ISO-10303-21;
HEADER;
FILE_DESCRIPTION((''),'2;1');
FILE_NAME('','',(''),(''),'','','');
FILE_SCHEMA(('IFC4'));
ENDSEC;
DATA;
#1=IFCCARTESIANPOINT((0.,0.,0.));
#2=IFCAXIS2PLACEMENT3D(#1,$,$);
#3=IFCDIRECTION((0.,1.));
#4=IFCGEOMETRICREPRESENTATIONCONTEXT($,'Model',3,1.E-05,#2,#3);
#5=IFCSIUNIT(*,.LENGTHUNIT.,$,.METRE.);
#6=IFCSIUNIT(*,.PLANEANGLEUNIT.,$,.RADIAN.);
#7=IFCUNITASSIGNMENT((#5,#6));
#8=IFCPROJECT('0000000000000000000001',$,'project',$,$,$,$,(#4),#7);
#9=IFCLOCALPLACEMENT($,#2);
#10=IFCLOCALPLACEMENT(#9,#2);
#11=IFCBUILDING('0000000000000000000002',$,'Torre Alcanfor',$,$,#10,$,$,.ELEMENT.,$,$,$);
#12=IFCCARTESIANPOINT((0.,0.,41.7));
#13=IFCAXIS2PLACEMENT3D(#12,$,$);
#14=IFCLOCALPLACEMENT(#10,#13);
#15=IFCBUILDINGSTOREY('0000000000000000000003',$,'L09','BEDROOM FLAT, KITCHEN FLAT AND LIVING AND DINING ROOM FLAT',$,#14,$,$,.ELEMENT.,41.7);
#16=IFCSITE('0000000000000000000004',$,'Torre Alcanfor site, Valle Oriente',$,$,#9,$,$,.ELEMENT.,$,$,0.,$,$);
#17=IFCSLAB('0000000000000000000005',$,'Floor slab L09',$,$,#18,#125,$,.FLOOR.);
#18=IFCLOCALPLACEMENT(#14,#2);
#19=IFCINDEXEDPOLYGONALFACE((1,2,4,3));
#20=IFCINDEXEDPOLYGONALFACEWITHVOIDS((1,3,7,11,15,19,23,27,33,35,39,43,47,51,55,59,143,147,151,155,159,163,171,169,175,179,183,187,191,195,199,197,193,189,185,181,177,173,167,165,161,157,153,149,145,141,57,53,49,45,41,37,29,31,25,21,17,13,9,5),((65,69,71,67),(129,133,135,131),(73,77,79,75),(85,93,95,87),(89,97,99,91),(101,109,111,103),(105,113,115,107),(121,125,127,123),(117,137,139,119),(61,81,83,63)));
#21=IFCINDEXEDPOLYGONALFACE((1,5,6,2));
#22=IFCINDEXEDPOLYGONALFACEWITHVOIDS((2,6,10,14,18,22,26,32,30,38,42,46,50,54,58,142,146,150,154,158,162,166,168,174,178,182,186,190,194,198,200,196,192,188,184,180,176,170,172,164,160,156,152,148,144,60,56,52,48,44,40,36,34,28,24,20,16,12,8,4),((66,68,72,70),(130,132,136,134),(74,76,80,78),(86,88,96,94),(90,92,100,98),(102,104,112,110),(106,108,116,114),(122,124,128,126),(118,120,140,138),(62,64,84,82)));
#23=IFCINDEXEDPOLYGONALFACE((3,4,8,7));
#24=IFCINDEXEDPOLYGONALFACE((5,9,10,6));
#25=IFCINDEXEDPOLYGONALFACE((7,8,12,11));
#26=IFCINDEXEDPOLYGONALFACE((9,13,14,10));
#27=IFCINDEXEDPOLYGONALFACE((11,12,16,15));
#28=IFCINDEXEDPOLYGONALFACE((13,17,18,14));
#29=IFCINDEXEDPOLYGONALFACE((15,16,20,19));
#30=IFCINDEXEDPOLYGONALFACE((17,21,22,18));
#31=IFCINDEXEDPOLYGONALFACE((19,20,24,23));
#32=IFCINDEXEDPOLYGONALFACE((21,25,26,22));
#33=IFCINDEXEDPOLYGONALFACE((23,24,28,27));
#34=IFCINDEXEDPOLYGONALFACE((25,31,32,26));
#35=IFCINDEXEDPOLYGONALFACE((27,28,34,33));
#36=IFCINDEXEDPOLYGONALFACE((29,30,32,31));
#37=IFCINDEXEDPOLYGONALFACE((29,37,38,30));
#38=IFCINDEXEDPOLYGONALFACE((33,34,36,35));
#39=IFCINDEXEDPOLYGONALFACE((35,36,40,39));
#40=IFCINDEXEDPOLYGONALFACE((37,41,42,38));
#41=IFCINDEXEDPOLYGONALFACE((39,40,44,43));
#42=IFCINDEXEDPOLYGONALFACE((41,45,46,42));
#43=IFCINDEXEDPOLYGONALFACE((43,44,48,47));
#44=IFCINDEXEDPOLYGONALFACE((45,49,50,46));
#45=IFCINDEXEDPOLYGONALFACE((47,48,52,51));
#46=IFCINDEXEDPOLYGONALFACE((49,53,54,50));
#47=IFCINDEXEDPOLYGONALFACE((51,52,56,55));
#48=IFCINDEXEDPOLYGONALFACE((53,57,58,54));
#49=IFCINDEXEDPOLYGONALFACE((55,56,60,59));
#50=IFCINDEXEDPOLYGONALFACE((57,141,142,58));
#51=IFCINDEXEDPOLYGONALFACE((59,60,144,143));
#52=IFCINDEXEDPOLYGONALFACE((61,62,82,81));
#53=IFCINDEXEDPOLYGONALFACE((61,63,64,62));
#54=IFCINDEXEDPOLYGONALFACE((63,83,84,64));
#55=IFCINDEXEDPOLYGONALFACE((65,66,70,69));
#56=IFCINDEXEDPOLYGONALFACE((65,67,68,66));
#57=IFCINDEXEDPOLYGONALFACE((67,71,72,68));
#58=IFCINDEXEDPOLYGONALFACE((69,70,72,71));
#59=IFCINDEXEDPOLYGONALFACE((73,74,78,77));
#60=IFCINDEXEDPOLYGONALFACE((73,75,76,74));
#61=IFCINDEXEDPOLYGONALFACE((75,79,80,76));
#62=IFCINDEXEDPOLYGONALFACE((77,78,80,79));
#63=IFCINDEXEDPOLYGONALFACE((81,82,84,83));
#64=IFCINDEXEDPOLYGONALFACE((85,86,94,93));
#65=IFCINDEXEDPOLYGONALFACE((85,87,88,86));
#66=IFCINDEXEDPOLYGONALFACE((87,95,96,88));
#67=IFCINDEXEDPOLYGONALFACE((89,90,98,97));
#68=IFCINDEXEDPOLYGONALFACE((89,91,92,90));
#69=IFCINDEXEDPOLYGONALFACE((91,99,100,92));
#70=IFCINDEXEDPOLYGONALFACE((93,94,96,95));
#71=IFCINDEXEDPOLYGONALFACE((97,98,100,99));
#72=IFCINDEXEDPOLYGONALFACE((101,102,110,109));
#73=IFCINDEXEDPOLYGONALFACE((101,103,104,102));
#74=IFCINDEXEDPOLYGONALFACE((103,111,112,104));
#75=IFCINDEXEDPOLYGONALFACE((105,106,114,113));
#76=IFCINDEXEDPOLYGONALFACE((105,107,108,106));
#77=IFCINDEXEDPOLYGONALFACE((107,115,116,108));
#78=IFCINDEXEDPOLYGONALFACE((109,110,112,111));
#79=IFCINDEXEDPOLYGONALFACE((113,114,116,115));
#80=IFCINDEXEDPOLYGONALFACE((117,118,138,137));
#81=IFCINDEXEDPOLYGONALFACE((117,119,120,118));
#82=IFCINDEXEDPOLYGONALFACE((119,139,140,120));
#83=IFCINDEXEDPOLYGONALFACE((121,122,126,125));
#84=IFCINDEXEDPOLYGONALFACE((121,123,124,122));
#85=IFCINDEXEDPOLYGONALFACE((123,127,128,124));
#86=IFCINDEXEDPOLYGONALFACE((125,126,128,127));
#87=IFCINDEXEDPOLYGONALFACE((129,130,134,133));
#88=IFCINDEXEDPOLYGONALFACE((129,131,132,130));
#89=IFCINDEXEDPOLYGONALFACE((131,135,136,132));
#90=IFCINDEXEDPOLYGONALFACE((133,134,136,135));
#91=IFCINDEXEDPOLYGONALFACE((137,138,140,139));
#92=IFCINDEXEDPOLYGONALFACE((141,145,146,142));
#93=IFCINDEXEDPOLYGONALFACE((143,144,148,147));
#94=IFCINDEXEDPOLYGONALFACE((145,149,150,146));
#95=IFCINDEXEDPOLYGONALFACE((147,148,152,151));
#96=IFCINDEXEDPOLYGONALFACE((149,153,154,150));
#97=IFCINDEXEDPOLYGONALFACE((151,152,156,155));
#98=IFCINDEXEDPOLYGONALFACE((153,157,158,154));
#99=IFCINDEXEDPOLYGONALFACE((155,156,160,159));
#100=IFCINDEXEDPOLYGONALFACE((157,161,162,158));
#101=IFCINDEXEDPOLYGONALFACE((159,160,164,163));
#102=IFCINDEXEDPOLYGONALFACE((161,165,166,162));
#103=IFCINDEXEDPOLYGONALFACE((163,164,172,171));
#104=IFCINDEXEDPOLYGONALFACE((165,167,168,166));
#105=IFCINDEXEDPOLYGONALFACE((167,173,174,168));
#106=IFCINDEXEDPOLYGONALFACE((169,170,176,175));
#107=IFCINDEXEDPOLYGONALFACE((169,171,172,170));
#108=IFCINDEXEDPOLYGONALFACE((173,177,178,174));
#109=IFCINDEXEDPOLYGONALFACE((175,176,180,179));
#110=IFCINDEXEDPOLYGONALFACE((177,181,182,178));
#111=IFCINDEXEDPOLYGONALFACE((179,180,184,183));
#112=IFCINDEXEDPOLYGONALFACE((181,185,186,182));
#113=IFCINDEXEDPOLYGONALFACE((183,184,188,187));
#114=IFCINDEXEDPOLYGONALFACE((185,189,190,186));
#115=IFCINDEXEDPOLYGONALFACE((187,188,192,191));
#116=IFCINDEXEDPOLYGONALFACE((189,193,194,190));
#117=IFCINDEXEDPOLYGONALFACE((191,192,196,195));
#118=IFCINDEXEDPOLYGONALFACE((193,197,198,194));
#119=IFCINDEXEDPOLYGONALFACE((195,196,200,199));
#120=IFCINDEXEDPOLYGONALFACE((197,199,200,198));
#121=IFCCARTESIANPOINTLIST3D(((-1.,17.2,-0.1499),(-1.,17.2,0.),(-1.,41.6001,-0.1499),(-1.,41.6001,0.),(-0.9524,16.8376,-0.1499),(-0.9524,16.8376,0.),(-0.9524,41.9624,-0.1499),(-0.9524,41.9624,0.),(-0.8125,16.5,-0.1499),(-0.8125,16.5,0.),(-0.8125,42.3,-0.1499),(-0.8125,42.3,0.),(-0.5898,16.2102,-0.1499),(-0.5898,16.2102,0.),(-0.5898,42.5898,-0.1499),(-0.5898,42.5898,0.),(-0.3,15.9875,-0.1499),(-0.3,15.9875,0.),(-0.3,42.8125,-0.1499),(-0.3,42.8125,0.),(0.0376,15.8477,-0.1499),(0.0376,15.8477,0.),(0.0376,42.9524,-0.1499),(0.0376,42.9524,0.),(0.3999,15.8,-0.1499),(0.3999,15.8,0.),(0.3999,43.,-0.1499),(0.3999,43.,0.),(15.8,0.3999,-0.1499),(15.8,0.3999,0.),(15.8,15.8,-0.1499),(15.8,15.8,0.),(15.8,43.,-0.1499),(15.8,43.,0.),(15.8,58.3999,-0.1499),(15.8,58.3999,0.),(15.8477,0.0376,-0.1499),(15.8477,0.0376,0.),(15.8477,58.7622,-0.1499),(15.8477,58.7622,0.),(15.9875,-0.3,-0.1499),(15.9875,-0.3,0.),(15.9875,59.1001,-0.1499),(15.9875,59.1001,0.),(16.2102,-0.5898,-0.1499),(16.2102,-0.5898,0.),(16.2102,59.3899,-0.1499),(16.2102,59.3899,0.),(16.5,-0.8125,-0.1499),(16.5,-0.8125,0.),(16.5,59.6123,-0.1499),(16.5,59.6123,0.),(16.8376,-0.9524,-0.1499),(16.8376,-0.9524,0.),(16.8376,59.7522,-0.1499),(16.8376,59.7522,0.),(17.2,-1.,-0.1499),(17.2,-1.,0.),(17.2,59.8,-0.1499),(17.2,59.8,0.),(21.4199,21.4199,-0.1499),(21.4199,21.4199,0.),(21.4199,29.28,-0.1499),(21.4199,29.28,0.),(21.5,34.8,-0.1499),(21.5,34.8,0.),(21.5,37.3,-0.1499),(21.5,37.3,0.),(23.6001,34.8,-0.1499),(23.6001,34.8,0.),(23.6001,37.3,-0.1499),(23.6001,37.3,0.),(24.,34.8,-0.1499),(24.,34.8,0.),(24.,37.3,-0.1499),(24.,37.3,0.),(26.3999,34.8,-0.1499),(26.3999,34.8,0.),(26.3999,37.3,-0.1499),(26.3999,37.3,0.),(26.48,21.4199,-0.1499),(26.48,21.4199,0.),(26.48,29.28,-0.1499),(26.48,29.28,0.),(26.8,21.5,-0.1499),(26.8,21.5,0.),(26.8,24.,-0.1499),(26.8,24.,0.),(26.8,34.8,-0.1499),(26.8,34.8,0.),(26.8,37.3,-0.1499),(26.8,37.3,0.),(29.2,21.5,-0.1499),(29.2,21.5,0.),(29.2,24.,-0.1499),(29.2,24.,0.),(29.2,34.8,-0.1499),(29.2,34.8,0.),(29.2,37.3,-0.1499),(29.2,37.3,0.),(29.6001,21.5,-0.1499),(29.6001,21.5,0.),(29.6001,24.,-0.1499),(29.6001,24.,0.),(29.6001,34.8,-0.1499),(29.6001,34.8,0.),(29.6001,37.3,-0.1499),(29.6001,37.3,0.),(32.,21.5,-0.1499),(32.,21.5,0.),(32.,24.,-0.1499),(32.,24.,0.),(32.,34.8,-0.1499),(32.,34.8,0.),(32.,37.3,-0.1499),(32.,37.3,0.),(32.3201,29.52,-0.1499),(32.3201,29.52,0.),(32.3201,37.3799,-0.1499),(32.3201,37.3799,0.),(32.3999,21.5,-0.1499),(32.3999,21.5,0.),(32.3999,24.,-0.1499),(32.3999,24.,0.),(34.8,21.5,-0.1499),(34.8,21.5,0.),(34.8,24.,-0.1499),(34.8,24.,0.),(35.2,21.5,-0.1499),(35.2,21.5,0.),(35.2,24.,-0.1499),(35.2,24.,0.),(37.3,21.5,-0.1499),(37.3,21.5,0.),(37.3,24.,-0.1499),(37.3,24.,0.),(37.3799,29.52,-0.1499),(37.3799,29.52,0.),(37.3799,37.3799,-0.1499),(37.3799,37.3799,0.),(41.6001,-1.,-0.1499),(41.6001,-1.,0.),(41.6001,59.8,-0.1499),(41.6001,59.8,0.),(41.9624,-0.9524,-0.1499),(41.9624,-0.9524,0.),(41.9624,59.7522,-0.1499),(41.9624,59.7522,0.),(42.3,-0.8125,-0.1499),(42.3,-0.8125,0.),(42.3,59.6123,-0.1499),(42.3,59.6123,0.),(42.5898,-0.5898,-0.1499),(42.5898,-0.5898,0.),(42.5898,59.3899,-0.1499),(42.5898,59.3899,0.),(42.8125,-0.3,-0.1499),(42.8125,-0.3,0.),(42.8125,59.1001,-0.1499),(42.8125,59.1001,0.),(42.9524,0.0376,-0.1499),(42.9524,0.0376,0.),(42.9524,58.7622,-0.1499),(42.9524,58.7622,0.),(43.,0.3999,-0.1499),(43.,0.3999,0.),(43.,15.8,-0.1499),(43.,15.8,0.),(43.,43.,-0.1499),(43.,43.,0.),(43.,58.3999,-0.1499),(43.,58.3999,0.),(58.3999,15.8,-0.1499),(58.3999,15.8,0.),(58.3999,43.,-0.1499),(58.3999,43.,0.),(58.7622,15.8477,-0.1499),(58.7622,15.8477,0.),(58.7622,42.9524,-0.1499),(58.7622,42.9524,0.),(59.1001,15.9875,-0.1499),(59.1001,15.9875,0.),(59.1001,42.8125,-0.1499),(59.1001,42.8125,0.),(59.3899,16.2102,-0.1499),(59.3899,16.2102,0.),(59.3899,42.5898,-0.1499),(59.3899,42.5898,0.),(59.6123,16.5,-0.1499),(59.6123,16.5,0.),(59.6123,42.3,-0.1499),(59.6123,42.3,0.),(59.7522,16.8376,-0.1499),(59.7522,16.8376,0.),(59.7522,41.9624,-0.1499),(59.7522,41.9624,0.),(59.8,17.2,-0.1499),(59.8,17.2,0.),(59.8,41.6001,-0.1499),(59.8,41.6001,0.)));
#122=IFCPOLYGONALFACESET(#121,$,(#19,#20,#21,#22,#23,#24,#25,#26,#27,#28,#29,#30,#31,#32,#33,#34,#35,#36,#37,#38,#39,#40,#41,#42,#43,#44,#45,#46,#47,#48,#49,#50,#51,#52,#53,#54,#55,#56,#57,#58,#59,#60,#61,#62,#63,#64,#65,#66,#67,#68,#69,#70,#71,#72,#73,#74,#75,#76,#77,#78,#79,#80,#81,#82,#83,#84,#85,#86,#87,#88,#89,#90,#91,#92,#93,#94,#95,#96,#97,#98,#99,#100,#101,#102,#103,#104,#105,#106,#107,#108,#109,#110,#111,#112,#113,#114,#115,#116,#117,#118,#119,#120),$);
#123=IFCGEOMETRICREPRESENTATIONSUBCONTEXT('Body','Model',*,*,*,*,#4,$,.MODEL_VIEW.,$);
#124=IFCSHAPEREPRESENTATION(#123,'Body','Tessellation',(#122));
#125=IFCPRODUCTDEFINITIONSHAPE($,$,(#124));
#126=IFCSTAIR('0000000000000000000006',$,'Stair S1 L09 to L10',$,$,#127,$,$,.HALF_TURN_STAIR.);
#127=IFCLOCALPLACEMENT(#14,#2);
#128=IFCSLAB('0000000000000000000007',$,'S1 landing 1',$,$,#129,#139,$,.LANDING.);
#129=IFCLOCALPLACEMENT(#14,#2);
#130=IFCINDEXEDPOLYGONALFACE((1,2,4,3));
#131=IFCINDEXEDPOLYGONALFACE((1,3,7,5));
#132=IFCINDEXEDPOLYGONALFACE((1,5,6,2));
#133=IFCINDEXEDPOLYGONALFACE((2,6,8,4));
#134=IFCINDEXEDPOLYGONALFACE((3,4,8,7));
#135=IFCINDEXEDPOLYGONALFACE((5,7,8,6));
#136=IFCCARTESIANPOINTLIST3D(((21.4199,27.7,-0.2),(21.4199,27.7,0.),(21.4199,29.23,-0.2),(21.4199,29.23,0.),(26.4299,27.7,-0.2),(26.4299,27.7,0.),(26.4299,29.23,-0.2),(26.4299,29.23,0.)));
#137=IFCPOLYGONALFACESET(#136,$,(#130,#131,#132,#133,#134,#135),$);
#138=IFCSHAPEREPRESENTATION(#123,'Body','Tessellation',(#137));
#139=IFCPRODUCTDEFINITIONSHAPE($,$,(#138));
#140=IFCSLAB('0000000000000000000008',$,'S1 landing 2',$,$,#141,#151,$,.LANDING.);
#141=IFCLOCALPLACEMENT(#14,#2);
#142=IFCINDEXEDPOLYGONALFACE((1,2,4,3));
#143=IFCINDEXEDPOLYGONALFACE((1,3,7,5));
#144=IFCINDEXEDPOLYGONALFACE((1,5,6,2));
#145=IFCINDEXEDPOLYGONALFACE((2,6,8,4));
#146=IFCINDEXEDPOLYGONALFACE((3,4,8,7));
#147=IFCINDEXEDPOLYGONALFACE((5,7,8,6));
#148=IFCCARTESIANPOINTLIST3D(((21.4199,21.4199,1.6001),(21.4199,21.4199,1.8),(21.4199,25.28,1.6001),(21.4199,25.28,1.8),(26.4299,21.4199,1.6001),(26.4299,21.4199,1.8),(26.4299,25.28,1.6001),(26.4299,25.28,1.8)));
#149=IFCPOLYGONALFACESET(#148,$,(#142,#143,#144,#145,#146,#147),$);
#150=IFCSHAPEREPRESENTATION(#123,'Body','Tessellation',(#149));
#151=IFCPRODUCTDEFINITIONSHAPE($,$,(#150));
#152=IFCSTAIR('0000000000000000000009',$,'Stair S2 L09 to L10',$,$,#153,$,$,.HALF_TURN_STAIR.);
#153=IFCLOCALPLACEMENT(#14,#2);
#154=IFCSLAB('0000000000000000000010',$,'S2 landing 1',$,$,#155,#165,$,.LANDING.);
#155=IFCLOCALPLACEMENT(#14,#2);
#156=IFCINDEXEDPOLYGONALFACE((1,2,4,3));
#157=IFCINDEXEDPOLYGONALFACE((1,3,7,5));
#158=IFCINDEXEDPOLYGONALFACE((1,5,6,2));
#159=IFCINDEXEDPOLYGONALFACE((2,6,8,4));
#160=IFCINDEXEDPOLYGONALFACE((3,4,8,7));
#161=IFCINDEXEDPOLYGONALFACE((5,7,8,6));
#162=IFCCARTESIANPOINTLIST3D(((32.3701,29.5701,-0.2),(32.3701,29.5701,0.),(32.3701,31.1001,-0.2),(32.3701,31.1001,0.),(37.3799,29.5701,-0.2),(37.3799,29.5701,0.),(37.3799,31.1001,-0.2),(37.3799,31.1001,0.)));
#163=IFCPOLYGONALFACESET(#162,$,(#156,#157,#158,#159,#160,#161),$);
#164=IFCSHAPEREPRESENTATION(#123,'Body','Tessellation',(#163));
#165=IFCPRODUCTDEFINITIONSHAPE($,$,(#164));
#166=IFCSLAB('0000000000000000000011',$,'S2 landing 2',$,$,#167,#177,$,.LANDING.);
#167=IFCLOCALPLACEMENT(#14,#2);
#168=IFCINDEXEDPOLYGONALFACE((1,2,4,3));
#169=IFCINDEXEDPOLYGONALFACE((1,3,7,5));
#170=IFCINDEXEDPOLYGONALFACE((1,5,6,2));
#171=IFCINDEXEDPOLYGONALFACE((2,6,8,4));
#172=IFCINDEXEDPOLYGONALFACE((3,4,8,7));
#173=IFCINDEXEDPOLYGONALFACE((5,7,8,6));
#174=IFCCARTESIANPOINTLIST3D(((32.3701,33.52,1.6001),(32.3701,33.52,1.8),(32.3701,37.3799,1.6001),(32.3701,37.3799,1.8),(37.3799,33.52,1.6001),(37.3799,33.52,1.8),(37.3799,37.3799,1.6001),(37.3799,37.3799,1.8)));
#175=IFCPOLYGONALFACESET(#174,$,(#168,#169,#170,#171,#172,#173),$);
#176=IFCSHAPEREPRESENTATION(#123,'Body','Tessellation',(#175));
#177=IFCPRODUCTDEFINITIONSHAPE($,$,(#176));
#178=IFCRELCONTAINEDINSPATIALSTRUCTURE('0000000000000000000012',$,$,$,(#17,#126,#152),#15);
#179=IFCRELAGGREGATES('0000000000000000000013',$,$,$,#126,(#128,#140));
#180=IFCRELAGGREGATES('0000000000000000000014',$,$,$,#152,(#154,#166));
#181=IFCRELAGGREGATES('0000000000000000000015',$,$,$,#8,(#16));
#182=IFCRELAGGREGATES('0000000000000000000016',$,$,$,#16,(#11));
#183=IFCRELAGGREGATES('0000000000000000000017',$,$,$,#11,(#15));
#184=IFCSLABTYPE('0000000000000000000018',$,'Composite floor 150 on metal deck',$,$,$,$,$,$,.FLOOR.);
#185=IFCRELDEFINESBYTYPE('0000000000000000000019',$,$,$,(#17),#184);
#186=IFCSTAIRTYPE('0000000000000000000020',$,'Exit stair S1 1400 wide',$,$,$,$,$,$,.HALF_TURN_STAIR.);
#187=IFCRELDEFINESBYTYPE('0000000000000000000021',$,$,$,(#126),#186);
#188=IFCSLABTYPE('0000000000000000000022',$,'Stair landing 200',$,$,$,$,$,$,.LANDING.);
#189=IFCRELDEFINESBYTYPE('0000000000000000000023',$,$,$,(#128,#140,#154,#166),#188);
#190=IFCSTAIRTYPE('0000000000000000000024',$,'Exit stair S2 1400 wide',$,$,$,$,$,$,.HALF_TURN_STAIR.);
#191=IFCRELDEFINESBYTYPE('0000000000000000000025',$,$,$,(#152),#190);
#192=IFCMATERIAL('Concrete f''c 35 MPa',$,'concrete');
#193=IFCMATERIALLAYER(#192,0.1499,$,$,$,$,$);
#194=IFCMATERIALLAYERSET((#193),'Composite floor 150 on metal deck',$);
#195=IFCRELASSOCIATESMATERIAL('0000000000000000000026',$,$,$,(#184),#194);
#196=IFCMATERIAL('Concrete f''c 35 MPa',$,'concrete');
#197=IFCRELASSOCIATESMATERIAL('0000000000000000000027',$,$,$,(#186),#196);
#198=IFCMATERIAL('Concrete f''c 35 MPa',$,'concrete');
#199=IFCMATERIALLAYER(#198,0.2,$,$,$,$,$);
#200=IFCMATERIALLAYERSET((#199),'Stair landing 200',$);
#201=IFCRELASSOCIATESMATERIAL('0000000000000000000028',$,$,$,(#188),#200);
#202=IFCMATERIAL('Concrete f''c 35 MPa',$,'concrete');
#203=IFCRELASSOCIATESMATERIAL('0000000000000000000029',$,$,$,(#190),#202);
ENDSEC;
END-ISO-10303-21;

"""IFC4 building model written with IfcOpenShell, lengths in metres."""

from ifc_helpers import new_model, si_unit, direction, frame, origin, place, context, subcontext, project, spatial, polyline, outline, extrude, material, layer, layer_set, type_object, element, aggregate, save


model = new_model("IFC4")

# Units and contexts
model_context = context("Model", 3, precision=1e-05, world=origin(), true_north=direction((0.0, 1.0)))
body_context = subcontext(model_context, "Body", "Model", "MODEL_VIEW")
ifc_project = project(units=[si_unit("LENGTHUNIT", "METRE"), si_unit("PLANEANGLEUNIT", "RADIAN")], contexts=[model_context])

# Site, building, storey
site_placement = place(None, origin())
site = spatial("IfcSite", under=ifc_project, at=site_placement, Name="Torre Alcanfor site, Valle Oriente", CompositionType="ELEMENT", RefElevation=0.0)
building_placement = place(site_placement, origin())
building = spatial("IfcBuilding", under=site, at=building_placement, Name="Torre Alcanfor", CompositionType="ELEMENT")
storey_placement = place(building_placement, frame((0.0, 0.0, 41.7)))
storey = spatial("IfcBuildingStorey", under=building, at=storey_placement, Name="L09", Description="BEDROOM FLAT, KITCHEN FLAT AND LIVING AND DINING ROOM FLAT", CompositionType="ELEMENT", Elevation=41.7)

# Slab
ifc_material_1 = material(Name="Concrete f'c 35 MPa", Category="concrete")
ifc_layer_1 = layer(ifc_material_1, 0.1499)
ifc_layer_set_1 = layer_set([ifc_layer_1], Name="Composite floor 150 on metal deck")
slab_type_1 = type_object("IfcSlabType", Name="Composite floor 150 on metal deck", PredefinedType="FLOOR", material=ifc_layer_set_1)
slab_1_placement = place(storey_placement, frame((0.0, 0.0, -0.1499)))
element("IfcSlab", 1, at=slab_1_placement, inside=storey, type_object=slab_type_1, Name="Floor slab L09", PredefinedType="FLOOR", context=body_context, shape_type="SweptSolid", body=[
    extrude(outline(polyline([(15.8, 43.0), (0.3999, 43.0), (0.0376, 42.9524), (-0.3, 42.8125), (-0.5898, 42.5898), (-0.8125, 42.3), (-0.9524, 41.9624), (-1.0, 41.6001), (-1.0, 17.2), (-0.9524, 16.8376), (-0.8125, 16.5), (-0.5898, 16.2102), (-0.3, 15.9875), (0.0376, 15.8477), (0.3999, 15.8), (15.8, 15.8), (15.8, 0.3999), (15.8477, 0.0376), (15.9875, -0.3), (16.2102, -0.5898), (16.5, -0.8125), (16.8376, -0.9524), (17.2, -1.0), (41.6001, -1.0), (41.9624, -0.9524), (42.3, -0.8125), (42.5898, -0.5898), (42.8125, -0.3), (42.9524, 0.0376), (43.0, 0.3999), (43.0, 15.8), (58.3999, 15.8), (58.7622, 15.8477), (59.1001, 15.9875), (59.3899, 16.2102), (59.6123, 16.5), (59.7522, 16.8376), (59.8, 17.2), (59.8, 41.6001), (59.7522, 41.9624), (59.6123, 42.3), (59.3899, 42.5898), (59.1001, 42.8125), (58.7622, 42.9524), (58.3999, 43.0), (43.0, 43.0), (43.0, 58.3999), (42.9524, 58.7622), (42.8125, 59.1001), (42.5898, 59.3899), (42.3, 59.6123), (41.9624, 59.7522), (41.6001, 59.8), (17.2, 59.8), (16.8376, 59.7522), (16.5, 59.6123), (16.2102, 59.3899), (15.9875, 59.1001), (15.8477, 58.7622), (15.8, 58.3999), (15.8, 43.0)]), holes=[polyline([(21.4199, 21.4199), (26.48, 21.4199), (26.48, 29.28), (21.4199, 29.28), (21.4199, 21.4199)]), polyline([(32.3201, 29.52), (37.3799, 29.52), (37.3799, 37.3799), (32.3201, 37.3799), (32.3201, 29.52)]), polyline([(26.8, 21.5), (29.2, 21.5), (29.2, 24.0), (26.8, 24.0), (26.8, 21.5)]), polyline([(29.6001, 21.5), (32.0, 21.5), (32.0, 24.0), (29.6001, 24.0), (29.6001, 21.5)]), polyline([(32.3999, 21.5), (34.8, 21.5), (34.8, 24.0), (32.3999, 24.0), (32.3999, 21.5)]), polyline([(35.2, 21.5), (37.3, 21.5), (37.3, 24.0), (35.2, 24.0), (35.2, 21.5)]), polyline([(21.5, 34.8), (23.6001, 34.8), (23.6001, 37.3), (21.5, 37.3), (21.5, 34.8)]), polyline([(24.0, 34.8), (26.3999, 34.8), (26.3999, 37.3), (24.0, 37.3), (24.0, 34.8)]), polyline([(26.8, 34.8), (29.2, 34.8), (29.2, 37.3), (26.8, 37.3), (26.8, 34.8)]), polyline([(29.6001, 34.8), (32.0, 34.8), (32.0, 37.3), (29.6001, 37.3), (29.6001, 34.8)])]), origin(), (0.0, 0.0, 1.0), 0.1499),
])

# Stairs, slabs
ifc_material_2 = material(Name="Concrete f'c 35 MPa", Category="concrete")
stair_type_1 = type_object("IfcStairType", Name="Exit stair S1 1400 wide", PredefinedType="HALF_TURN_STAIR", material=ifc_material_2)
stair_1_placement = place(storey_placement, origin())
stair_1 = element("IfcStair", 2, at=stair_1_placement, inside=storey, type_object=stair_type_1, Name="Stair S1 L09 to L10", PredefinedType="HALF_TURN_STAIR")
ifc_material_3 = material(Name="Concrete f'c 35 MPa", Category="concrete")
ifc_layer_2 = layer(ifc_material_3, 0.2)
ifc_layer_set_2 = layer_set([ifc_layer_2], Name="Stair landing 200")
slab_type_2 = type_object("IfcSlabType", Name="Stair landing 200", PredefinedType="LANDING", material=ifc_layer_set_2)
slab_2_placement = place(storey_placement, frame((0.0, 0.0, -0.2)))
slab_2 = element("IfcSlab", 3, at=slab_2_placement, type_object=slab_type_2, Name="S1 landing 1", PredefinedType="LANDING", context=body_context, shape_type="SweptSolid", body=[
    extrude(outline(polyline([(21.4199, 27.7), (26.4299, 27.7), (26.4299, 29.23), (21.4199, 29.23), (21.4199, 27.7)])), origin(), (0.0, 0.0, 1.0), 0.2),
])
slab_3_placement = place(storey_placement, frame((0.0, 0.0, 1.6001)))
slab_3 = element("IfcSlab", 4, at=slab_3_placement, type_object=slab_type_2, Name="S1 landing 2", PredefinedType="LANDING", context=body_context, shape_type="SweptSolid", body=[
    extrude(outline(polyline([(21.4199, 21.4199), (26.4299, 21.4199), (26.4299, 25.28), (21.4199, 25.28), (21.4199, 21.4199)])), origin(), (0.0, 0.0, 1.0), 0.2),
])
aggregate(stair_1, [slab_2, slab_3])
ifc_material_4 = material(Name="Concrete f'c 35 MPa", Category="concrete")
stair_type_2 = type_object("IfcStairType", Name="Exit stair S2 1400 wide", PredefinedType="HALF_TURN_STAIR", material=ifc_material_4)
stair_2_placement = place(storey_placement, origin())
stair_2 = element("IfcStair", 5, at=stair_2_placement, inside=storey, type_object=stair_type_2, Name="Stair S2 L09 to L10", PredefinedType="HALF_TURN_STAIR")
slab_4_placement = place(storey_placement, frame((0.0, 0.0, -0.2)))
slab_4 = element("IfcSlab", 6, at=slab_4_placement, type_object=slab_type_2, Name="S2 landing 1", PredefinedType="LANDING", context=body_context, shape_type="SweptSolid", body=[
    extrude(outline(polyline([(32.3701, 29.5701), (37.3799, 29.5701), (37.3799, 31.1001), (32.3701, 31.1001), (32.3701, 29.5701)])), origin(), (0.0, 0.0, 1.0), 0.2),
])
slab_5_placement = place(storey_placement, frame((0.0, 0.0, 1.6001)))
slab_5 = element("IfcSlab", 7, at=slab_5_placement, type_object=slab_type_2, Name="S2 landing 2", PredefinedType="LANDING", context=body_context, shape_type="SweptSolid", body=[
    extrude(outline(polyline([(32.3701, 33.52), (37.3799, 33.52), (37.3799, 37.3799), (32.3701, 37.3799), (32.3701, 33.52)])), origin(), (0.0, 0.0, 1.0), 0.2),
])
aggregate(stair_2, [slab_4, slab_5])

save(model, "model.ifc")
